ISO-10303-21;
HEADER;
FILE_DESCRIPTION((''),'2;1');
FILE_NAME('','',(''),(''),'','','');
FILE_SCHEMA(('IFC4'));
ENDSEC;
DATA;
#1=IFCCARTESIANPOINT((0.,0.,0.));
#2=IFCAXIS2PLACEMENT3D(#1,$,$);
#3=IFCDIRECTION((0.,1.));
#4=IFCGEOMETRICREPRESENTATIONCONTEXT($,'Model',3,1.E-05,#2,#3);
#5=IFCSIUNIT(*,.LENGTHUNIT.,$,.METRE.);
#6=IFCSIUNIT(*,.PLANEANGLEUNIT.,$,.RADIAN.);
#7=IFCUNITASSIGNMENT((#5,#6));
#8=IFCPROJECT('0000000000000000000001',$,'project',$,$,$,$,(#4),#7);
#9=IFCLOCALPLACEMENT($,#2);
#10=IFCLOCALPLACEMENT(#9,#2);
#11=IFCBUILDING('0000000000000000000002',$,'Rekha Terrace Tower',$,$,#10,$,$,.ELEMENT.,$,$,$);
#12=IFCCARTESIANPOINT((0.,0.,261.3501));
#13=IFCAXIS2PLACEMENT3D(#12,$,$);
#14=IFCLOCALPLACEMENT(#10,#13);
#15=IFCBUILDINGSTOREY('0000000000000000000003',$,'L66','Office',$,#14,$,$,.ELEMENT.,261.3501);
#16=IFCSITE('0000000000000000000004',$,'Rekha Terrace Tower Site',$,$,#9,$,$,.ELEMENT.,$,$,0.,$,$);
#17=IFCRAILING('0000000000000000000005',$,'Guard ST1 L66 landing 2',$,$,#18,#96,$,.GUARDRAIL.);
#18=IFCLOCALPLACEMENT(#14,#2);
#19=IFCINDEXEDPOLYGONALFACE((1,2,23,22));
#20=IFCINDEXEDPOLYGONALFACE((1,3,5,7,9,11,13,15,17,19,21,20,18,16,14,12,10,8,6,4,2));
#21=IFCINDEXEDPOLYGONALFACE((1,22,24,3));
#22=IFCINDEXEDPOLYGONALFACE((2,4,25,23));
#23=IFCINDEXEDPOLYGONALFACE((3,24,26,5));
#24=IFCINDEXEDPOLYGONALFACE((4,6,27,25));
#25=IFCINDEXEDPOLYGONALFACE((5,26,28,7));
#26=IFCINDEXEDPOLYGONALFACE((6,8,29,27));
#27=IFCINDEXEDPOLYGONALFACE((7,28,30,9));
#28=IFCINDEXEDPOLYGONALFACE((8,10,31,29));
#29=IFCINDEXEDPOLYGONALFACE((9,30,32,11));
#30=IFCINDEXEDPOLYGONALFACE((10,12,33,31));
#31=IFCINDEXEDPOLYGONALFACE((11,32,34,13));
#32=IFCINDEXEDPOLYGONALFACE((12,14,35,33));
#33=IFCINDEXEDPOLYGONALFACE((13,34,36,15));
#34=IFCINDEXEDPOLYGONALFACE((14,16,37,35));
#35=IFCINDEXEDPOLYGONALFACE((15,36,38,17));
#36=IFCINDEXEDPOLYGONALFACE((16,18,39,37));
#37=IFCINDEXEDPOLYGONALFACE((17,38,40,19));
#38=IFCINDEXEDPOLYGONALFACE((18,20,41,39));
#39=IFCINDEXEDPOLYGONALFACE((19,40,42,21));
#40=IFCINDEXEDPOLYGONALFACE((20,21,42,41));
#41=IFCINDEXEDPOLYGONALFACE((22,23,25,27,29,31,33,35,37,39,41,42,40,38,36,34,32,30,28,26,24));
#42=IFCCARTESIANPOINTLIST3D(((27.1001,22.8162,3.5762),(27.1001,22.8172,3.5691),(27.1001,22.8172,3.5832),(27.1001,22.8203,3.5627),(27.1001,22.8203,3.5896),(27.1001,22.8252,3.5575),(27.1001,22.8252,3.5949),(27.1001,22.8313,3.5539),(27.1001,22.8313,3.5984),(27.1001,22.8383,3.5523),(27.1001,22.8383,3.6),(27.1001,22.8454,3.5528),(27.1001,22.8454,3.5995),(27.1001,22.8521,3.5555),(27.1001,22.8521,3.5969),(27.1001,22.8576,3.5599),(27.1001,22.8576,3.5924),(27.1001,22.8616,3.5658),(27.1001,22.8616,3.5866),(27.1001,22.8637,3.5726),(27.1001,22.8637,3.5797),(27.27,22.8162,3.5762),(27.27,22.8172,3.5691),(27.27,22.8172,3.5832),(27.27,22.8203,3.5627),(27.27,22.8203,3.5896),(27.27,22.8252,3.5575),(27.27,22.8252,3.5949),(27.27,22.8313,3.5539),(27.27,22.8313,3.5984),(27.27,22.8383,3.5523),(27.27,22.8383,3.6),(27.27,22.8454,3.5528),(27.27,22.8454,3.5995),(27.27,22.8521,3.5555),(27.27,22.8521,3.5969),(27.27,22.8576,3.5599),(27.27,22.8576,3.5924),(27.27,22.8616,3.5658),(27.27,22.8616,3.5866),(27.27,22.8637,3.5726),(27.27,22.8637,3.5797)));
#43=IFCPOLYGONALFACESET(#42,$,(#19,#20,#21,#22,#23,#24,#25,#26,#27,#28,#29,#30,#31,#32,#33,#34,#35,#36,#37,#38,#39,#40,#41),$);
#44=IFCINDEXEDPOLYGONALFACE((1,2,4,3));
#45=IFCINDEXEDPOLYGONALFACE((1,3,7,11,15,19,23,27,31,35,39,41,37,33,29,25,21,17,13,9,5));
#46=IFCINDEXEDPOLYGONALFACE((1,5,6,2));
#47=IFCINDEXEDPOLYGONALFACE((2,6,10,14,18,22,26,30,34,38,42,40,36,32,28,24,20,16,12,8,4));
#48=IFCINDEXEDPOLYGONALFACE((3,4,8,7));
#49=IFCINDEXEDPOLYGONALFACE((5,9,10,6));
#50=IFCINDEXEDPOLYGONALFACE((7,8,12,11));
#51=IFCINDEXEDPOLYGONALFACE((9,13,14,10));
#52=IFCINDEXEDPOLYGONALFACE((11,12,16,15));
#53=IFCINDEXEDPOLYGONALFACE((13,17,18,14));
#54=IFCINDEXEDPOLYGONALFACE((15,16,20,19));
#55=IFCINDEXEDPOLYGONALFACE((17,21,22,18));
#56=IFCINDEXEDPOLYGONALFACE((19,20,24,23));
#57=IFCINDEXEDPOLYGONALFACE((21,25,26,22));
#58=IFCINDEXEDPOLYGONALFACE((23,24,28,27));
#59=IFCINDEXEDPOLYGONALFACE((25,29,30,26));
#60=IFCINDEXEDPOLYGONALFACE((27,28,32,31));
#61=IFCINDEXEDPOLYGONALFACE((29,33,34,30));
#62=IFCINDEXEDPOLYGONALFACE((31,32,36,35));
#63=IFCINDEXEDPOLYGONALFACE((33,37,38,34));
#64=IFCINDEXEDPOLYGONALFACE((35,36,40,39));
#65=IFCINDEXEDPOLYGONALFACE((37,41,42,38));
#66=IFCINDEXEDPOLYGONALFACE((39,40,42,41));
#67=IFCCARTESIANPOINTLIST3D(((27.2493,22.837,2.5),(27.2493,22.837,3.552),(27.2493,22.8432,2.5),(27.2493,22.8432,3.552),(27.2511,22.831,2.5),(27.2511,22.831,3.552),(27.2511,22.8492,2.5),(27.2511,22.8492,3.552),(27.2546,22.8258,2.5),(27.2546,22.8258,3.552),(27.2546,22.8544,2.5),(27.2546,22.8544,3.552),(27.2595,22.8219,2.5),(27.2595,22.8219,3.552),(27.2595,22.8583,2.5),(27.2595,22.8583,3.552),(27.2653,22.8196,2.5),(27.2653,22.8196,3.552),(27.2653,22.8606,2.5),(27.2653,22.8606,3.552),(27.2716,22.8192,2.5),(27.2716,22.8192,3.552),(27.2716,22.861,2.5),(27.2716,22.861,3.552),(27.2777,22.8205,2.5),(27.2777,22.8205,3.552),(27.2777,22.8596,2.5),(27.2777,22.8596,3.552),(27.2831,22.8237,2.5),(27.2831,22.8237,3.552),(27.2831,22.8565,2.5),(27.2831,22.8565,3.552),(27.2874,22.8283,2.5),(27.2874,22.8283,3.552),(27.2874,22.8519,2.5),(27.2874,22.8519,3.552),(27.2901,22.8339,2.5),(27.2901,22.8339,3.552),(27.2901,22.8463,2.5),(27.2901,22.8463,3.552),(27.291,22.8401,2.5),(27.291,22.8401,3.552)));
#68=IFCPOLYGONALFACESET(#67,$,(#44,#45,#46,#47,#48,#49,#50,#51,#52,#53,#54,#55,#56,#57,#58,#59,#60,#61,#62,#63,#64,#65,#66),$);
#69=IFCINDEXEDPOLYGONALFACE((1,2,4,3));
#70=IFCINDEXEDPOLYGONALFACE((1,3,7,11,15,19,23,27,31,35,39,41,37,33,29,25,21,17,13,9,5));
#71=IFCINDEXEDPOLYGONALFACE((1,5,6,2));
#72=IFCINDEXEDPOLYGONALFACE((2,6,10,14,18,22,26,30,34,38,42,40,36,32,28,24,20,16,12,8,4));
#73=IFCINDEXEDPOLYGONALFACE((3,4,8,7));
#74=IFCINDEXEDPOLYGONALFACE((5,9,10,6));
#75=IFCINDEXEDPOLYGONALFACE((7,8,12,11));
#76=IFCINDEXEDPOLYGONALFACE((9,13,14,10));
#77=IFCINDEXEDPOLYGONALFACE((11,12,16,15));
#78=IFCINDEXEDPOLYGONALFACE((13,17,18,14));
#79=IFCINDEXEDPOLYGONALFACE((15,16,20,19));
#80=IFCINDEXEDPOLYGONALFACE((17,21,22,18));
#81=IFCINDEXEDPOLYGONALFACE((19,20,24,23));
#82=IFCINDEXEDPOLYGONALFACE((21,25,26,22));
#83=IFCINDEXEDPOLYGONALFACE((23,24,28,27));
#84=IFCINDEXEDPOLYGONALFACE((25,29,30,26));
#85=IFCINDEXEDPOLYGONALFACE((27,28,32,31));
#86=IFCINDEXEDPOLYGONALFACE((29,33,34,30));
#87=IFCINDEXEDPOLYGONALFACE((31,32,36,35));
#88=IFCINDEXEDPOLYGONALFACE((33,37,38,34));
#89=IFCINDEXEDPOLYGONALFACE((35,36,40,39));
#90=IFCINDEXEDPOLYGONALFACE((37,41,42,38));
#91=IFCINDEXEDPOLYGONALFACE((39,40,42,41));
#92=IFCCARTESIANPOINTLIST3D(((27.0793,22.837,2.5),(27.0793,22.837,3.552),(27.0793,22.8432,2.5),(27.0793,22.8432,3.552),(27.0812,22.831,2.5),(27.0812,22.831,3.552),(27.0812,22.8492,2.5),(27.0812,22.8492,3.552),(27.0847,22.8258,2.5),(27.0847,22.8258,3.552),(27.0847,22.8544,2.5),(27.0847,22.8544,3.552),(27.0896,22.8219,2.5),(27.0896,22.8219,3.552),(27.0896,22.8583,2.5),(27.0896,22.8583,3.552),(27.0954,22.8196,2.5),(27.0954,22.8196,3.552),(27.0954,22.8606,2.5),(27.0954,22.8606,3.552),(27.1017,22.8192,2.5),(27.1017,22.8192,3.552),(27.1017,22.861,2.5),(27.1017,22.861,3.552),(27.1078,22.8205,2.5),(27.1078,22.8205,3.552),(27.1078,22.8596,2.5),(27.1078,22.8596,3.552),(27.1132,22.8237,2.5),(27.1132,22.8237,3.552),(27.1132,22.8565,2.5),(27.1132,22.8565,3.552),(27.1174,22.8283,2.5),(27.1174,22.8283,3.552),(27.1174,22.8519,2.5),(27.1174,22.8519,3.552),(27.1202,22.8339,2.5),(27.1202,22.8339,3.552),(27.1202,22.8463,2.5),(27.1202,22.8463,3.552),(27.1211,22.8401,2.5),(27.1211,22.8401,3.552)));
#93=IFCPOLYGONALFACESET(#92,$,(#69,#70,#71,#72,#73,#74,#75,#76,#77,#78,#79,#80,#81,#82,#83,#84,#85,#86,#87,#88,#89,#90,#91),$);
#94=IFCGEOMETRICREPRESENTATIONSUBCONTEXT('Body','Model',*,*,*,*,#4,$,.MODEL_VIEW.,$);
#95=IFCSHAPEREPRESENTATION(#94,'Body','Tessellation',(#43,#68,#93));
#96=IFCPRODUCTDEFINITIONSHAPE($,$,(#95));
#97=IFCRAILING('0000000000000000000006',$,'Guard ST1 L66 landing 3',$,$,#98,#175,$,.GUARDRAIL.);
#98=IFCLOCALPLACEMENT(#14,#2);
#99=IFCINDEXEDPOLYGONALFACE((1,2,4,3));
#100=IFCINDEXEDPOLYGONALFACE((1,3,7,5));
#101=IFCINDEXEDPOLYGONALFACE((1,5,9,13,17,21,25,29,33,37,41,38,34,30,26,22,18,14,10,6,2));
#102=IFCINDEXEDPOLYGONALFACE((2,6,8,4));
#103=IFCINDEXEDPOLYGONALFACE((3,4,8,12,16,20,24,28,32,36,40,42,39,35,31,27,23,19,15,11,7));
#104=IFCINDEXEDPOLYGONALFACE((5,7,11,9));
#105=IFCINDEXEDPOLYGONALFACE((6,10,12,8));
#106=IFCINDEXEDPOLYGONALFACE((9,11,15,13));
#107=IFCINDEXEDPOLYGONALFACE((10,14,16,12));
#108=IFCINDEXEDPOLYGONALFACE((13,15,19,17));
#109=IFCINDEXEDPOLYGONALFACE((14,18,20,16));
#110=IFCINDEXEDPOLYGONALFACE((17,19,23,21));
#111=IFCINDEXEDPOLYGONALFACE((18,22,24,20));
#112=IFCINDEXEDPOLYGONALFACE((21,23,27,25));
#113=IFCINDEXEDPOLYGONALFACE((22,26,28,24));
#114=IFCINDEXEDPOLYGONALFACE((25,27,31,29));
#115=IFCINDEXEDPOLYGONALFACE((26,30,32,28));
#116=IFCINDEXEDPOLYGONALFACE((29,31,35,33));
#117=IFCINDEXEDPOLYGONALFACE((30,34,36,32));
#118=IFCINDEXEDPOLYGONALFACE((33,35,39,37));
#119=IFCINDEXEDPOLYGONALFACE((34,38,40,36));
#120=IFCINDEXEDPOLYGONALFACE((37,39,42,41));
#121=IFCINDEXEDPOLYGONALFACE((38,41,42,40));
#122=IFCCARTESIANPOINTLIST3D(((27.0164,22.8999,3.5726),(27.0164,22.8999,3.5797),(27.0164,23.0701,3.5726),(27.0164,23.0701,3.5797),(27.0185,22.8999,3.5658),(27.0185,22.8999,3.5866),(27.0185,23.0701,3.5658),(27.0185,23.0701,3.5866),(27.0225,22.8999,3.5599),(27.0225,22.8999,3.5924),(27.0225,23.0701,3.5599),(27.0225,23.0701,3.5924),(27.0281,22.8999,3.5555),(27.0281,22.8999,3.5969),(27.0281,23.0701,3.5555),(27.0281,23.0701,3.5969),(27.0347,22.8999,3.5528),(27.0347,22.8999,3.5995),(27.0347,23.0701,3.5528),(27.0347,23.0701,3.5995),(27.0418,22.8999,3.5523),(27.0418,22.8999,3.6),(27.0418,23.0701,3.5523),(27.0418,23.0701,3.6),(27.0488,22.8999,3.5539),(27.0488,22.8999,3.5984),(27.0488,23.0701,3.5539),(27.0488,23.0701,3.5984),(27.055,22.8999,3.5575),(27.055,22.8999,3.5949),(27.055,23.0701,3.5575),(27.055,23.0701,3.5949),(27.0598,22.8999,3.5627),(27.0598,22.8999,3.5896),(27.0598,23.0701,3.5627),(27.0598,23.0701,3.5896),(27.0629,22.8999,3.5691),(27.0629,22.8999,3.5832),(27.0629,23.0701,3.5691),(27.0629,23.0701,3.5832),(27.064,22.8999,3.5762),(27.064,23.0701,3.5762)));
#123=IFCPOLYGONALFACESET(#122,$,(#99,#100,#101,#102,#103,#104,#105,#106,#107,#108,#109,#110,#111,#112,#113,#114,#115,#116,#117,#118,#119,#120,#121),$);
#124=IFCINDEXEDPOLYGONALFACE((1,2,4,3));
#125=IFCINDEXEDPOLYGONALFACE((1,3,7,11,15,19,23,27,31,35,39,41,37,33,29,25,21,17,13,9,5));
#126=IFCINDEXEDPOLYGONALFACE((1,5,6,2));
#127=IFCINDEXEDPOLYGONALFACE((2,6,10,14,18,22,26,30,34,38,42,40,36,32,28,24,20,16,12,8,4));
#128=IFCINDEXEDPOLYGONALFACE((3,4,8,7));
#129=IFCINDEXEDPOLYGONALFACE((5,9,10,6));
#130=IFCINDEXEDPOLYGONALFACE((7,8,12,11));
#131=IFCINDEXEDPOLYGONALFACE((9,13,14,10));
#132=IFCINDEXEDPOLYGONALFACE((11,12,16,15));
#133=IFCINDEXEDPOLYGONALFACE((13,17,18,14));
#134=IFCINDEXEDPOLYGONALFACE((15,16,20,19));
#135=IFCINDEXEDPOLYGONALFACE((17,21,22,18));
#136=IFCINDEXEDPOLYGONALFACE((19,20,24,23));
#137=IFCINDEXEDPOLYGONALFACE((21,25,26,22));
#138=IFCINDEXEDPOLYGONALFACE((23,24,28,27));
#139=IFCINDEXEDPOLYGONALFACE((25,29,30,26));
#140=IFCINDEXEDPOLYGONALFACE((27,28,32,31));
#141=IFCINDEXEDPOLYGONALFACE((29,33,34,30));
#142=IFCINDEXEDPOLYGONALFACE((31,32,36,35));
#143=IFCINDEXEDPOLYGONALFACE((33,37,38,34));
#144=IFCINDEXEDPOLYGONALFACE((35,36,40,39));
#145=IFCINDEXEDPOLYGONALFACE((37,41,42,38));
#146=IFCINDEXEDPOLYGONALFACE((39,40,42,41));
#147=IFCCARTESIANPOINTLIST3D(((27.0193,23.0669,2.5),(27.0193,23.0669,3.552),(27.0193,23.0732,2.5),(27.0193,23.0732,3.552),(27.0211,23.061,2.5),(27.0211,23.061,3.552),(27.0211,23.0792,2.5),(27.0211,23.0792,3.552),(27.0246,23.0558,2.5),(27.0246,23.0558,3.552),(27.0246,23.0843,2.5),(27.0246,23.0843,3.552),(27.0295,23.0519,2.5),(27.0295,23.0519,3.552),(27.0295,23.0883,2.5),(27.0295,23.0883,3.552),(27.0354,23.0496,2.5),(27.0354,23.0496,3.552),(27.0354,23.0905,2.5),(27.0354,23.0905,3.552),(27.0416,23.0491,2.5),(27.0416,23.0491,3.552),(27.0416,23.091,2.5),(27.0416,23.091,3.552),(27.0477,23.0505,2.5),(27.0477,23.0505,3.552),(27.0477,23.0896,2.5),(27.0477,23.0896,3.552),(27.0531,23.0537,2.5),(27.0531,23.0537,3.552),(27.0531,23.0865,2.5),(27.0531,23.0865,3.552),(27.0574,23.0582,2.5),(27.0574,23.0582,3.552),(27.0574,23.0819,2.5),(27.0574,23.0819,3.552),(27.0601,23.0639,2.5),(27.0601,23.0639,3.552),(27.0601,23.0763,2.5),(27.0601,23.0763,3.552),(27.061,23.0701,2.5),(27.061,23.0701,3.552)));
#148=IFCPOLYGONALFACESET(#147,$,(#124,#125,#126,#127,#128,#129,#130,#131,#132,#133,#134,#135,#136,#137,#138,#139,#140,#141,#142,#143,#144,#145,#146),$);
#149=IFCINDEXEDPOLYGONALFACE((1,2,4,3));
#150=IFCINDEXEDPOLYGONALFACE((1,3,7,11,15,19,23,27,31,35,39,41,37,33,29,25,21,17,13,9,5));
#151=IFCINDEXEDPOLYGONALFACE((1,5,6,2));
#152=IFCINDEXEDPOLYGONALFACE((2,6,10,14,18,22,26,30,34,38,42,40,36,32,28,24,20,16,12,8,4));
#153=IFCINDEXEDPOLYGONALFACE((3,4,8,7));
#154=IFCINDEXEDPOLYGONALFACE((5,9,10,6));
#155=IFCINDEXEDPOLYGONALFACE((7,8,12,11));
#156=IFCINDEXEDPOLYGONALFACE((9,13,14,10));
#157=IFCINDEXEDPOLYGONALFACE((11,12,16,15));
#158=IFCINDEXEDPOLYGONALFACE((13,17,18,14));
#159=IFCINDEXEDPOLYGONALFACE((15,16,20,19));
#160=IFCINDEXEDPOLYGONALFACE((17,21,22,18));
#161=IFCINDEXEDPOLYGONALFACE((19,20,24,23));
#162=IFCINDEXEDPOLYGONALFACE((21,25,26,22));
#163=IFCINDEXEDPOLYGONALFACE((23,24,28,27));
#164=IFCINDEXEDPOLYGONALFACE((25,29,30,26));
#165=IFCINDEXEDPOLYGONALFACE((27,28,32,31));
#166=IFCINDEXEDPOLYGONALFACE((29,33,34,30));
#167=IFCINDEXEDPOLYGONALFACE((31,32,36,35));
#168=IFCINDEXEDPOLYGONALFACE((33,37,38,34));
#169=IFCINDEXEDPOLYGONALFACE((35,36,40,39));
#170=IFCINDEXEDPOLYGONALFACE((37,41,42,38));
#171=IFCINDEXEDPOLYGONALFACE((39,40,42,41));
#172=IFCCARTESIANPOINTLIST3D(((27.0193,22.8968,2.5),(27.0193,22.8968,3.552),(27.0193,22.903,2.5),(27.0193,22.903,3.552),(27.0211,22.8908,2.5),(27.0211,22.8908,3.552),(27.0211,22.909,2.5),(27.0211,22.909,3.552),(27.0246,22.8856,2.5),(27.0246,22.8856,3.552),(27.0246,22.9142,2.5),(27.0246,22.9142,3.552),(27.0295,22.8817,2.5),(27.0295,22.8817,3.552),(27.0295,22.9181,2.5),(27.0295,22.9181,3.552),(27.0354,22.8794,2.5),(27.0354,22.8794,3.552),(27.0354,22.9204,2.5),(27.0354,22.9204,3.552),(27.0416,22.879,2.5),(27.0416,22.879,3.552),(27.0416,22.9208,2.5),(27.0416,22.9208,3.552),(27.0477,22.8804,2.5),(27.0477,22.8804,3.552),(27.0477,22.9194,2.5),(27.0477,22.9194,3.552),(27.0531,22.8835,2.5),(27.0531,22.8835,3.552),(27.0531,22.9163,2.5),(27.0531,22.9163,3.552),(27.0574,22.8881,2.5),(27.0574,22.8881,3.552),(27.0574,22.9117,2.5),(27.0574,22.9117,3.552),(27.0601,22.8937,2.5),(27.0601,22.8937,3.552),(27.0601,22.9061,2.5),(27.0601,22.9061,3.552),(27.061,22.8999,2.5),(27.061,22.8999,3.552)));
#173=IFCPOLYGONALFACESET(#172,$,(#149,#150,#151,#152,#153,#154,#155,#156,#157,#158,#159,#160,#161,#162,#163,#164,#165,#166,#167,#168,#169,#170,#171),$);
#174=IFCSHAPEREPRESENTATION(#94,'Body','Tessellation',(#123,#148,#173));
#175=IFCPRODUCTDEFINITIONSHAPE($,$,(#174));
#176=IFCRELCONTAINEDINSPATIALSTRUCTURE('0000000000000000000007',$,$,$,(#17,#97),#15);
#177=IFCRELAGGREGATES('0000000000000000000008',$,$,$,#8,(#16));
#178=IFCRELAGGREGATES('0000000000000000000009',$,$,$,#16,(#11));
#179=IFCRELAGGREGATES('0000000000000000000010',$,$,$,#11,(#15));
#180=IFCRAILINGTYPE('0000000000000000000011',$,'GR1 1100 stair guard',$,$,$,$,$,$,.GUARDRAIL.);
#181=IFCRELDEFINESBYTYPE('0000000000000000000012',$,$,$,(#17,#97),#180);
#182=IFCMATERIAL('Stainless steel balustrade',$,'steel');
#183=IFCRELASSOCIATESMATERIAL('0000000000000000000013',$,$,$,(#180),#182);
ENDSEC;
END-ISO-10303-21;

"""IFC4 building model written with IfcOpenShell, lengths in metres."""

from ifc_helpers import new_model, si_unit, direction, frame, origin, origin_2d, place, context, subcontext, project, spatial, circle, extrude, material, type_object, element, save


model = new_model("IFC4")

# Units and contexts
model_context = context("Model", 3, precision=1e-05, world=origin(), true_north=direction((0.0, 1.0)))
body_context = subcontext(model_context, "Body", "Model", "MODEL_VIEW")
ifc_project = project(units=[si_unit("LENGTHUNIT", "METRE"), si_unit("PLANEANGLEUNIT", "RADIAN")], contexts=[model_context])

# Site, building, storey
site_placement = place(None, origin())
site = spatial("IfcSite", under=ifc_project, at=site_placement, Name="Rekha Terrace Tower Site", CompositionType="ELEMENT", RefElevation=0.0)
building_placement = place(site_placement, origin())
building = spatial("IfcBuilding", under=site, at=building_placement, Name="Rekha Terrace Tower", CompositionType="ELEMENT")
storey_placement = place(building_placement, frame((0.0, 0.0, 261.3501)))
storey = spatial("IfcBuildingStorey", under=building, at=storey_placement, Name="L66", Description="Office", CompositionType="ELEMENT", Elevation=261.3501)

# Railings
ifc_material_1 = material(Name="Stainless steel balustrade", Category="steel")
railing_type_1 = type_object("IfcRailingType", Name="GR1 1100 stair guard", PredefinedType="GUARDRAIL", material=ifc_material_1)
railing_1_placement = place(storey_placement, frame((27.27, 22.8401, 2.5)))
element("IfcRailing", 1, at=railing_1_placement, inside=storey, type_object=railing_type_1, Name="Guard ST1 L66 landing 2", PredefinedType="GUARDRAIL", context=body_context, shape_type="SweptSolid", body=[
    extrude(circle(Radius=0.0239, at=origin_2d()), frame((0.0, 0.0, 1.0762), z_axis=(-1.0, 0.0, 0.0), x_axis=(0.0, -1.0, 0.0)), (0.0, 0.0, 1.0), 0.1699),
    extrude(circle(Radius=0.021, at=origin_2d()), origin(), (0.0, 0.0, 1.0), 1.052),
    extrude(circle(Radius=0.021, at=origin_2d()), frame((-0.1699, 0.0, 0.0)), (0.0, 0.0, 1.0), 1.052),
])
railing_2_placement = place(storey_placement, frame((27.04, 23.0701, 2.5)))
element("IfcRailing", 2, at=railing_2_placement, inside=storey, type_object=railing_type_1, Name="Guard ST1 L66 landing 3", PredefinedType="GUARDRAIL", context=body_context, shape_type="SweptSolid", body=[
    extrude(circle(Radius=0.0239, at=origin_2d()), frame((0.0, 0.0, 1.0762), z_axis=(0.0, -1.0, 0.0), x_axis=(1.0, 0.0, 0.0)), (0.0, 0.0, 1.0), 0.1702),
    extrude(circle(Radius=0.021, at=origin_2d()), origin(), (0.0, 0.0, 1.0), 1.052),
    extrude(circle(Radius=0.021, at=origin_2d()), frame((0.0, -0.1702, 0.0)), (0.0, 0.0, 1.0), 1.052),
])

save(model, "model.ifc")
